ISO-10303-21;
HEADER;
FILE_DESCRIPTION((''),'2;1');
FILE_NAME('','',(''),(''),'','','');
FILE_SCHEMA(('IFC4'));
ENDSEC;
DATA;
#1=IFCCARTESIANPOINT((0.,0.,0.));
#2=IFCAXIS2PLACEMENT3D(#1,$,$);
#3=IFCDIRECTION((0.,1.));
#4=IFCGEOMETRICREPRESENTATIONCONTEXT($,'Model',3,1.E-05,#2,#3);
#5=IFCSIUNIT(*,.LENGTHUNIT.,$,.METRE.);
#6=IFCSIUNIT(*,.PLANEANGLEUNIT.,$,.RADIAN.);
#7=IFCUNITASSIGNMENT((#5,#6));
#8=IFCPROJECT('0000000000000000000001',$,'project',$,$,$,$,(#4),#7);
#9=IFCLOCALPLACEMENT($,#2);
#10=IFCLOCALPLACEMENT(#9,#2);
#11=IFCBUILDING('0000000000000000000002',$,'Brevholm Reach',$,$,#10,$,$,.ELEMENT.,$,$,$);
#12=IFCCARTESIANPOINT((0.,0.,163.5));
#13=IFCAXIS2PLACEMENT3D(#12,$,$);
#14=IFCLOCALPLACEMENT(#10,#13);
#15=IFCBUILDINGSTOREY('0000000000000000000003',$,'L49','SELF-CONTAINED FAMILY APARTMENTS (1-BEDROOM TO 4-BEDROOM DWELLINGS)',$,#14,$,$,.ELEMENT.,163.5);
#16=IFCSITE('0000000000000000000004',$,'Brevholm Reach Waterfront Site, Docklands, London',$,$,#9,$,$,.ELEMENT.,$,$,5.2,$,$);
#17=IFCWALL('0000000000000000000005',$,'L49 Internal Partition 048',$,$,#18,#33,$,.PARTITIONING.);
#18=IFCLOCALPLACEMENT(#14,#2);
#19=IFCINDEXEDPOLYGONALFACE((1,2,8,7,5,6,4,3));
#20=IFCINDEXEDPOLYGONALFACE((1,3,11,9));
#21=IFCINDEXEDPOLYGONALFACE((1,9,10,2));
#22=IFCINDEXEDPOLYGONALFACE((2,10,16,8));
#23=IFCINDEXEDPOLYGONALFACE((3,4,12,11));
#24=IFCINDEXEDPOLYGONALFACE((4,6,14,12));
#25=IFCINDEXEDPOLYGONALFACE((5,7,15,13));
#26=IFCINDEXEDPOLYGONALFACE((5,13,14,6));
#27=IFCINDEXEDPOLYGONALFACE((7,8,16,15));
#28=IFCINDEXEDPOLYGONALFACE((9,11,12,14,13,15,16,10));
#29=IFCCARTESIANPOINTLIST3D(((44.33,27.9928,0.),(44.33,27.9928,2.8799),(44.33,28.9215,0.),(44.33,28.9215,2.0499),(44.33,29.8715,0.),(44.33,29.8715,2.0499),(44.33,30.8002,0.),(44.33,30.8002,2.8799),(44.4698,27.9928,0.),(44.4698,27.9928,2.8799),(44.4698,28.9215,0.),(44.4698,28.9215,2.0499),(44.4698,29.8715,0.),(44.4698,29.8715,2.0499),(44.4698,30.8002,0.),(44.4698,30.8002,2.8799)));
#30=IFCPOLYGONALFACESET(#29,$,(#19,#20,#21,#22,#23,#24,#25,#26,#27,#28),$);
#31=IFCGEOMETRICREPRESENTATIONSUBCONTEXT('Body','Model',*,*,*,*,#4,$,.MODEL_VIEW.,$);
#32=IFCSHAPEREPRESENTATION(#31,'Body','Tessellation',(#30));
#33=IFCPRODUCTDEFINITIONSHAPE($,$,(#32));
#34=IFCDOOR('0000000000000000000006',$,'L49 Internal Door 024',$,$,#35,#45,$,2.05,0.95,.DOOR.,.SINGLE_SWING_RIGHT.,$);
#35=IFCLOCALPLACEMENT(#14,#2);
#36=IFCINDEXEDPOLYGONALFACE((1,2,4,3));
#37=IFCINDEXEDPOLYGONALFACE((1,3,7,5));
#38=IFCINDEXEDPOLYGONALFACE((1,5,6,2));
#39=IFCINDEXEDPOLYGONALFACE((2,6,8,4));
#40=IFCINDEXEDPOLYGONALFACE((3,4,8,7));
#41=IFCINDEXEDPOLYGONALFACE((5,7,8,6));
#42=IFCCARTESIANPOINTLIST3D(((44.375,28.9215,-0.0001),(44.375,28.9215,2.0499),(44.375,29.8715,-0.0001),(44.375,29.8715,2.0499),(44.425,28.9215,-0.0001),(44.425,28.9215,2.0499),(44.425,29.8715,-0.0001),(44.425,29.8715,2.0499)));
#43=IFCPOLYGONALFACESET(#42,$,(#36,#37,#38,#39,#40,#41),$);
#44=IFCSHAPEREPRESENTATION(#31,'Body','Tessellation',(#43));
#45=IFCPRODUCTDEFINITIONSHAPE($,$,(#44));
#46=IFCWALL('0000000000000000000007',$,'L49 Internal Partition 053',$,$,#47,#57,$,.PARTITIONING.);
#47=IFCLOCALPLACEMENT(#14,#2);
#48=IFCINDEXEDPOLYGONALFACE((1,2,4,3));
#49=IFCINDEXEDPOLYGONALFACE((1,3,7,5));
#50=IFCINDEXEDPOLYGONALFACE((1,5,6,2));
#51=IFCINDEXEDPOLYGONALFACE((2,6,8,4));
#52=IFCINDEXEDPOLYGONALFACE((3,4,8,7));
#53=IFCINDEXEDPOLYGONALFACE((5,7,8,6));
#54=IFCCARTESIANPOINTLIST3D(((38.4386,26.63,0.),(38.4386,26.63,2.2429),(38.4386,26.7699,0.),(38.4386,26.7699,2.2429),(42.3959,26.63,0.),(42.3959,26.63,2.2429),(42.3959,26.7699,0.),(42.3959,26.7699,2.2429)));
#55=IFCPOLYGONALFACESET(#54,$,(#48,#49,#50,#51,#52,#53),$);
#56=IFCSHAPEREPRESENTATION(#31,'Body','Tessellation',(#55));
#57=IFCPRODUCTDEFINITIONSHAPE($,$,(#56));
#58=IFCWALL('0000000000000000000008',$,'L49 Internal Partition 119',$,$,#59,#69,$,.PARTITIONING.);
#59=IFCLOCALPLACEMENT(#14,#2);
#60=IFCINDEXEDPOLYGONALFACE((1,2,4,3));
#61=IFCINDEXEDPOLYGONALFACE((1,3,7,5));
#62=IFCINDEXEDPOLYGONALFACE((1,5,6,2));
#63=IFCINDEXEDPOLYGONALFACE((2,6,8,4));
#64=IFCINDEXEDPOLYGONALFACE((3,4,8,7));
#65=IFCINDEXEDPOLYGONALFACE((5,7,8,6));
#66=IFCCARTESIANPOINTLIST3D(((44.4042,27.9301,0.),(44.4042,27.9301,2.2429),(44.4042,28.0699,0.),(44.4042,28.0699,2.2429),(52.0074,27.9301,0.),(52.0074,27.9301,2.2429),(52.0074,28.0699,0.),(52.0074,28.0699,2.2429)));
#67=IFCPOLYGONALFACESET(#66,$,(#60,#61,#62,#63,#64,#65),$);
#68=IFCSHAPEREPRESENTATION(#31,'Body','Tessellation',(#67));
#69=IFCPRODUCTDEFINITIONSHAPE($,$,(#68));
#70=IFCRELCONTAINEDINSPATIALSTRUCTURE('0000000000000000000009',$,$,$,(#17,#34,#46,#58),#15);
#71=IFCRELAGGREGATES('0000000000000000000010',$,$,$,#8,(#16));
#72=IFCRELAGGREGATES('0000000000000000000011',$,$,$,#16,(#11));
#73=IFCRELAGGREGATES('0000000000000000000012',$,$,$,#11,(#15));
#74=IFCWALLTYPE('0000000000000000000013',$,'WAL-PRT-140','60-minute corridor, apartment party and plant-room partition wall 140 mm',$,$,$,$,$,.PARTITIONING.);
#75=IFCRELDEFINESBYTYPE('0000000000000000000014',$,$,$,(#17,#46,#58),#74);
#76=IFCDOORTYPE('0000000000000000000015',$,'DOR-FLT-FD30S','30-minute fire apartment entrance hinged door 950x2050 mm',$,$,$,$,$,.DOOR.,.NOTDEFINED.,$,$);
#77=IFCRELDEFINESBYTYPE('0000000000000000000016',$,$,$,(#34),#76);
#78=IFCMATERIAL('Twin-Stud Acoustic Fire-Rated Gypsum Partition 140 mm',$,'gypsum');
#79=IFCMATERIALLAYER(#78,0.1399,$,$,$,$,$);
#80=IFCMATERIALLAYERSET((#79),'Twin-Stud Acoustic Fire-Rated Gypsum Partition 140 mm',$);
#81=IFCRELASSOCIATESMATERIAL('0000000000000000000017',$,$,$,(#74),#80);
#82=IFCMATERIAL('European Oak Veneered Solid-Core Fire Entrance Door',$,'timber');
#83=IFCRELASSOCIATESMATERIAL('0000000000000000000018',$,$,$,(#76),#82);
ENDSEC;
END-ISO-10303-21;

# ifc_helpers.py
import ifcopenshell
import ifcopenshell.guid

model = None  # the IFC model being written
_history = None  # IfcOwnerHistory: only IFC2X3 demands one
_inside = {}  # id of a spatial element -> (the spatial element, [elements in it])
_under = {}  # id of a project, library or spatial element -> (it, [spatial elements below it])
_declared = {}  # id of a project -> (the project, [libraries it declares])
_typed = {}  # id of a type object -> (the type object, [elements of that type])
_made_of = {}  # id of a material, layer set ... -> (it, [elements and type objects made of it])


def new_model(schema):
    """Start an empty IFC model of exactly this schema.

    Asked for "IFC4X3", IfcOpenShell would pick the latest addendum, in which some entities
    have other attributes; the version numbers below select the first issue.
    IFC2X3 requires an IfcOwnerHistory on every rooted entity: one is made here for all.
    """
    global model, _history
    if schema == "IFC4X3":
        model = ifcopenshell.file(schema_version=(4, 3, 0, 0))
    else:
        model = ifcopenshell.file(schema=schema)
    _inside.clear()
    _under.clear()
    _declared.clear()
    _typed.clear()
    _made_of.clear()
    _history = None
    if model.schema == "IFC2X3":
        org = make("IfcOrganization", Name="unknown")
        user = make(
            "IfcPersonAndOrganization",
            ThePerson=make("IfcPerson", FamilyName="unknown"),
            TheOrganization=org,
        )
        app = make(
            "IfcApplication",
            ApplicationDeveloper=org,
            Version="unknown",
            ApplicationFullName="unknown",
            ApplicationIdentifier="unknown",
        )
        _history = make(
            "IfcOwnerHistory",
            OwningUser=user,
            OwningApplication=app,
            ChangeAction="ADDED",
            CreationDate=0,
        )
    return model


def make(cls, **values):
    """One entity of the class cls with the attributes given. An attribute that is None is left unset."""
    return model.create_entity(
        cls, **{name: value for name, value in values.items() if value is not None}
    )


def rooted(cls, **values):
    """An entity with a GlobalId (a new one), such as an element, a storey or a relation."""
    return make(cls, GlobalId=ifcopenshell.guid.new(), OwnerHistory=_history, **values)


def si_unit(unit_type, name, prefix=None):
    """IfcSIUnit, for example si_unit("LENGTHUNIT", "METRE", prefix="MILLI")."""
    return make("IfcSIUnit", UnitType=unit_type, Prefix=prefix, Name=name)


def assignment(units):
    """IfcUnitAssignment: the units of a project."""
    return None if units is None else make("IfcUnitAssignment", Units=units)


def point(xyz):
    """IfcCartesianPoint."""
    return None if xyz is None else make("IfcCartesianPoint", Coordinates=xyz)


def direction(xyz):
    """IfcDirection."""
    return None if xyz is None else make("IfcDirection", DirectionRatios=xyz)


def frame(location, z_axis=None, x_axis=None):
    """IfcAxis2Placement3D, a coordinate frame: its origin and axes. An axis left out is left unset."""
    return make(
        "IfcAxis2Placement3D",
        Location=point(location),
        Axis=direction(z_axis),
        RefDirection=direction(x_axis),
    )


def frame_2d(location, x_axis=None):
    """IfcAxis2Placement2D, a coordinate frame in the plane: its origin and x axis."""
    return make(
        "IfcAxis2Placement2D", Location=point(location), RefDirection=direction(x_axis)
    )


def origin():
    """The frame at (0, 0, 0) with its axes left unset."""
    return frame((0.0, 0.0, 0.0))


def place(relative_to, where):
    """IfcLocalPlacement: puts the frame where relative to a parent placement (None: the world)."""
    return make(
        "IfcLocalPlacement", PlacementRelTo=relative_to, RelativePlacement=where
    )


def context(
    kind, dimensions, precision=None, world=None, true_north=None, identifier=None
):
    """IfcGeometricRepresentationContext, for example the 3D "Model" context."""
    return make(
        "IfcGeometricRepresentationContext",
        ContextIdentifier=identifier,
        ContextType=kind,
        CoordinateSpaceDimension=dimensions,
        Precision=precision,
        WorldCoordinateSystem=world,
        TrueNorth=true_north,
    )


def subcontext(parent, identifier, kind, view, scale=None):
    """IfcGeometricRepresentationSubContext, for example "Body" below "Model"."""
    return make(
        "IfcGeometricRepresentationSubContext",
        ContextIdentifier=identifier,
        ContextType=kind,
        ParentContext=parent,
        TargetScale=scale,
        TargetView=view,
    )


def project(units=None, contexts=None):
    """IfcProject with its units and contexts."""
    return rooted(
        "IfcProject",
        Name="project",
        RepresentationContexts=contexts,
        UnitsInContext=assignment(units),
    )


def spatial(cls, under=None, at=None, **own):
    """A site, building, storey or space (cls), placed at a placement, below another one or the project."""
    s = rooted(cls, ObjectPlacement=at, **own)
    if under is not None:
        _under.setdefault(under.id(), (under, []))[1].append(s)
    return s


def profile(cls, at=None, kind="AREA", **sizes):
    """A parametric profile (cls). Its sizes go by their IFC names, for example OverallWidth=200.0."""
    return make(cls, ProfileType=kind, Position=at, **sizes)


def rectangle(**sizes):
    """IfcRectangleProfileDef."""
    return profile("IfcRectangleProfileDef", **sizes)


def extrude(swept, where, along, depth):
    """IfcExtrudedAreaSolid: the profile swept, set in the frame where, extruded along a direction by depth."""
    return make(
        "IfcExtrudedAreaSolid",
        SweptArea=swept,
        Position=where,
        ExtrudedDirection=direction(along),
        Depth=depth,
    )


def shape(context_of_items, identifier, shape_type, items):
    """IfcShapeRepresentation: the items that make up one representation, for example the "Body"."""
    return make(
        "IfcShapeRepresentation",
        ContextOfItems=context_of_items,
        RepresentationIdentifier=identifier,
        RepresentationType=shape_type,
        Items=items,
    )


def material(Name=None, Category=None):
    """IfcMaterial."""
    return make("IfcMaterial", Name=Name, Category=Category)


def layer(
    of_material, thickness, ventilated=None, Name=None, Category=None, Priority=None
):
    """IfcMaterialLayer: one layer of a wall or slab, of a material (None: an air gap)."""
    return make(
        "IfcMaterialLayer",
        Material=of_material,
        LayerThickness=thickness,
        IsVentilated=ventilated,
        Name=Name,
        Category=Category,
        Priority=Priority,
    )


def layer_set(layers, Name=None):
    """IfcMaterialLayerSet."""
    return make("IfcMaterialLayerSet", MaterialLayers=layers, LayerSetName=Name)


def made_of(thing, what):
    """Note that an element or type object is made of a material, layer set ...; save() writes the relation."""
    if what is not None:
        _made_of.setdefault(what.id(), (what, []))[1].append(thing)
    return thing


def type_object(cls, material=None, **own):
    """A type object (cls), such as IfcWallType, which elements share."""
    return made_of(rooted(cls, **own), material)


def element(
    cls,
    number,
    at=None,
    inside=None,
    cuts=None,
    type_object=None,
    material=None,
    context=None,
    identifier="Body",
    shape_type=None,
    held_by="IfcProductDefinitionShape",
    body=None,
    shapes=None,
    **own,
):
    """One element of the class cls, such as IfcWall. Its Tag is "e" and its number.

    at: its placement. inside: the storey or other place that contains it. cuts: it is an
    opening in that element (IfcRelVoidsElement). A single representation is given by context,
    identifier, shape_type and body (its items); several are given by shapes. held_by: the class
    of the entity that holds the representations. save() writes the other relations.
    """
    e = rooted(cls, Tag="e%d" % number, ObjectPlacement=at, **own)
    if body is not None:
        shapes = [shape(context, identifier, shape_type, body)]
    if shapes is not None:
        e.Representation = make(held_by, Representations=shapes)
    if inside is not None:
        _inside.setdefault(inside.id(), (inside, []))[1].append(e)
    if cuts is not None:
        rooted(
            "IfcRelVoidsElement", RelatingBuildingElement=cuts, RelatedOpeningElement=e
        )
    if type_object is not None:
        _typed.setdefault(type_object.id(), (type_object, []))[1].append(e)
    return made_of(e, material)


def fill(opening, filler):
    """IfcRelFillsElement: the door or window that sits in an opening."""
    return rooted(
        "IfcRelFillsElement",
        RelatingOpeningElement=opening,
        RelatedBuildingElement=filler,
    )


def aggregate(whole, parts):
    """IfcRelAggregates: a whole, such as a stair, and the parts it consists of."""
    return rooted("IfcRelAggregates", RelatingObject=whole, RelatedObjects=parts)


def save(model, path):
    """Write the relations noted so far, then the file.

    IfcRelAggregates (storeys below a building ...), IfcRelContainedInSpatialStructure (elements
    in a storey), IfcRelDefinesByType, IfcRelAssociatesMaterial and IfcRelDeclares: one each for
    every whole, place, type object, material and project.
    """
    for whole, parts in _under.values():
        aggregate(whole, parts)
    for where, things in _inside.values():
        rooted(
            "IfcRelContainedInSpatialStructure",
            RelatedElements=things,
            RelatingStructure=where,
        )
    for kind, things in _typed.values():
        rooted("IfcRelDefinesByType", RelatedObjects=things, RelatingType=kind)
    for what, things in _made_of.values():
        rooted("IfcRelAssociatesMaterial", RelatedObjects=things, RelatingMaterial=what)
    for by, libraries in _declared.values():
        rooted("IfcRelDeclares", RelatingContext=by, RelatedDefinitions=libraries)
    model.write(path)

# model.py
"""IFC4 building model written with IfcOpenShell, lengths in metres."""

from ifc_helpers import new_model, si_unit, direction, frame, frame_2d, origin, place, context, subcontext, project, spatial, rectangle, extrude, material, layer, layer_set, type_object, element, fill, save


model = new_model("IFC4")

# Units and contexts
model_context = context("Model", 3, precision=1e-05, world=origin(), true_north=direction((0.0, 1.0)))
body_context = subcontext(model_context, "Body", "Model", "MODEL_VIEW")
ifc_project = project(units=[si_unit("LENGTHUNIT", "METRE"), si_unit("PLANEANGLEUNIT", "RADIAN")], contexts=[model_context])

# Site, building, storey
site_placement = place(None, origin())
site = spatial("IfcSite", under=ifc_project, at=site_placement, Name="Brevholm Reach Waterfront Site, Docklands, London", CompositionType="ELEMENT", RefElevation=5.2)
building_placement = place(site_placement, origin())
building = spatial("IfcBuilding", under=site, at=building_placement, Name="Brevholm Reach", CompositionType="ELEMENT")
storey_placement = place(building_placement, frame((0.0, 0.0, 163.5)))
storey = spatial("IfcBuildingStorey", under=building, at=storey_placement, Name="L49", Description="SELF-CONTAINED FAMILY APARTMENTS (1-BEDROOM TO 4-BEDROOM DWELLINGS)", CompositionType="ELEMENT", Elevation=163.5)

# Wall, opening, door
ifc_material_1 = material(Name="Twin-Stud Acoustic Fire-Rated Gypsum Partition 140 mm", Category="gypsum")
ifc_layer_1 = layer(ifc_material_1, 0.1399)
ifc_layer_set_1 = layer_set([ifc_layer_1], Name="Twin-Stud Acoustic Fire-Rated Gypsum Partition 140 mm")
wall_type_1 = type_object("IfcWallType", Name="WAL-PRT-140", Description="60-minute corridor, apartment party and plant-room partition wall 140 mm", PredefinedType="PARTITIONING", material=ifc_layer_set_1)
ifc_material_2 = material(Name="European Oak Veneered Solid-Core Fire Entrance Door", Category="timber")
door_type_1 = type_object("IfcDoorType", Name="DOR-FLT-FD30S", Description="30-minute fire apartment entrance hinged door 950x2050 mm", OperationType="NOTDEFINED", PredefinedType="DOOR", material=ifc_material_2)
wall_1_placement = place(storey_placement, frame((44.3999, 27.9927, 0.0), z_axis=(0.0, 0.0, 1.0), x_axis=(0.0, 1.0, 0.0)))
wall_1 = element("IfcWall", 1, at=wall_1_placement, inside=storey, type_object=wall_type_1, Name="L49 Internal Partition 048", PredefinedType="PARTITIONING", context=body_context, shape_type="SweptSolid", body=[
    extrude(rectangle(XDim=2.8074, YDim=0.1399, at=frame_2d((1.4038, 0.0))), origin(), (0.0, 0.0, 1.0), 2.8799),
])
opening_1_placement = place(wall_1_placement, frame((0.9287, 0.0, 0.0)))
opening_1 = element("IfcOpeningElement", 2, at=opening_1_placement, cuts=wall_1, PredefinedType="OPENING", context=body_context, shape_type="SweptSolid", body=[
    extrude(rectangle(XDim=0.95, YDim=2.05, at=frame_2d((0.4751, 1.0249))), frame((0.0, 0.0798, 0.0), z_axis=(0.0, -1.0, 0.0), x_axis=(1.0, 0.0, 0.0)), (0.0, 0.0, 1.0), 0.1599),
])
door_1_placement = place(opening_1_placement, origin())
door_1 = element("IfcDoor", 3, at=door_1_placement, inside=storey, type_object=door_type_1, Name="L49 Internal Door 024", OperationType="SINGLE_SWING_RIGHT", OverallHeight=2.05, OverallWidth=0.95, PredefinedType="DOOR", context=body_context, shape_type="SweptSolid", body=[
    extrude(rectangle(XDim=0.95, YDim=2.05, at=frame_2d((0.4751, 1.0249))), frame((0.0, 0.0249, 0.0), z_axis=(0.0, -1.0, 0.0), x_axis=(1.0, 0.0, 0.0)), (0.0, 0.0, 1.0), 0.05),
])
fill(opening_1, door_1)

# Walls
wall_2_placement = place(storey_placement, frame((38.4387, 26.7, 0.0), z_axis=(0.0, 0.0, 1.0), x_axis=(1.0, 0.0, 0.0)))
element("IfcWall", 4, at=wall_2_placement, inside=storey, type_object=wall_type_1, Name="L49 Internal Partition 053", PredefinedType="PARTITIONING", context=body_context, shape_type="SweptSolid", body=[
    extrude(rectangle(XDim=3.9573, YDim=0.1399, at=frame_2d((1.9785, 0.0))), origin(), (0.0, 0.0, 1.0), 2.2429),
])
wall_3_placement = place(storey_placement, frame((44.4041, 28.0, 0.0), z_axis=(0.0, 0.0, 1.0), x_axis=(1.0, 0.0, 0.0)))
element("IfcWall", 5, at=wall_3_placement, inside=storey, type_object=wall_type_1, Name="L49 Internal Partition 119", PredefinedType="PARTITIONING", context=body_context, shape_type="SweptSolid", body=[
    extrude(rectangle(XDim=7.6033, YDim=0.1399, at=frame_2d((3.8018, 0.0))), origin(), (0.0, 0.0, 1.0), 2.2429),
])

save(model, "model.ifc")
